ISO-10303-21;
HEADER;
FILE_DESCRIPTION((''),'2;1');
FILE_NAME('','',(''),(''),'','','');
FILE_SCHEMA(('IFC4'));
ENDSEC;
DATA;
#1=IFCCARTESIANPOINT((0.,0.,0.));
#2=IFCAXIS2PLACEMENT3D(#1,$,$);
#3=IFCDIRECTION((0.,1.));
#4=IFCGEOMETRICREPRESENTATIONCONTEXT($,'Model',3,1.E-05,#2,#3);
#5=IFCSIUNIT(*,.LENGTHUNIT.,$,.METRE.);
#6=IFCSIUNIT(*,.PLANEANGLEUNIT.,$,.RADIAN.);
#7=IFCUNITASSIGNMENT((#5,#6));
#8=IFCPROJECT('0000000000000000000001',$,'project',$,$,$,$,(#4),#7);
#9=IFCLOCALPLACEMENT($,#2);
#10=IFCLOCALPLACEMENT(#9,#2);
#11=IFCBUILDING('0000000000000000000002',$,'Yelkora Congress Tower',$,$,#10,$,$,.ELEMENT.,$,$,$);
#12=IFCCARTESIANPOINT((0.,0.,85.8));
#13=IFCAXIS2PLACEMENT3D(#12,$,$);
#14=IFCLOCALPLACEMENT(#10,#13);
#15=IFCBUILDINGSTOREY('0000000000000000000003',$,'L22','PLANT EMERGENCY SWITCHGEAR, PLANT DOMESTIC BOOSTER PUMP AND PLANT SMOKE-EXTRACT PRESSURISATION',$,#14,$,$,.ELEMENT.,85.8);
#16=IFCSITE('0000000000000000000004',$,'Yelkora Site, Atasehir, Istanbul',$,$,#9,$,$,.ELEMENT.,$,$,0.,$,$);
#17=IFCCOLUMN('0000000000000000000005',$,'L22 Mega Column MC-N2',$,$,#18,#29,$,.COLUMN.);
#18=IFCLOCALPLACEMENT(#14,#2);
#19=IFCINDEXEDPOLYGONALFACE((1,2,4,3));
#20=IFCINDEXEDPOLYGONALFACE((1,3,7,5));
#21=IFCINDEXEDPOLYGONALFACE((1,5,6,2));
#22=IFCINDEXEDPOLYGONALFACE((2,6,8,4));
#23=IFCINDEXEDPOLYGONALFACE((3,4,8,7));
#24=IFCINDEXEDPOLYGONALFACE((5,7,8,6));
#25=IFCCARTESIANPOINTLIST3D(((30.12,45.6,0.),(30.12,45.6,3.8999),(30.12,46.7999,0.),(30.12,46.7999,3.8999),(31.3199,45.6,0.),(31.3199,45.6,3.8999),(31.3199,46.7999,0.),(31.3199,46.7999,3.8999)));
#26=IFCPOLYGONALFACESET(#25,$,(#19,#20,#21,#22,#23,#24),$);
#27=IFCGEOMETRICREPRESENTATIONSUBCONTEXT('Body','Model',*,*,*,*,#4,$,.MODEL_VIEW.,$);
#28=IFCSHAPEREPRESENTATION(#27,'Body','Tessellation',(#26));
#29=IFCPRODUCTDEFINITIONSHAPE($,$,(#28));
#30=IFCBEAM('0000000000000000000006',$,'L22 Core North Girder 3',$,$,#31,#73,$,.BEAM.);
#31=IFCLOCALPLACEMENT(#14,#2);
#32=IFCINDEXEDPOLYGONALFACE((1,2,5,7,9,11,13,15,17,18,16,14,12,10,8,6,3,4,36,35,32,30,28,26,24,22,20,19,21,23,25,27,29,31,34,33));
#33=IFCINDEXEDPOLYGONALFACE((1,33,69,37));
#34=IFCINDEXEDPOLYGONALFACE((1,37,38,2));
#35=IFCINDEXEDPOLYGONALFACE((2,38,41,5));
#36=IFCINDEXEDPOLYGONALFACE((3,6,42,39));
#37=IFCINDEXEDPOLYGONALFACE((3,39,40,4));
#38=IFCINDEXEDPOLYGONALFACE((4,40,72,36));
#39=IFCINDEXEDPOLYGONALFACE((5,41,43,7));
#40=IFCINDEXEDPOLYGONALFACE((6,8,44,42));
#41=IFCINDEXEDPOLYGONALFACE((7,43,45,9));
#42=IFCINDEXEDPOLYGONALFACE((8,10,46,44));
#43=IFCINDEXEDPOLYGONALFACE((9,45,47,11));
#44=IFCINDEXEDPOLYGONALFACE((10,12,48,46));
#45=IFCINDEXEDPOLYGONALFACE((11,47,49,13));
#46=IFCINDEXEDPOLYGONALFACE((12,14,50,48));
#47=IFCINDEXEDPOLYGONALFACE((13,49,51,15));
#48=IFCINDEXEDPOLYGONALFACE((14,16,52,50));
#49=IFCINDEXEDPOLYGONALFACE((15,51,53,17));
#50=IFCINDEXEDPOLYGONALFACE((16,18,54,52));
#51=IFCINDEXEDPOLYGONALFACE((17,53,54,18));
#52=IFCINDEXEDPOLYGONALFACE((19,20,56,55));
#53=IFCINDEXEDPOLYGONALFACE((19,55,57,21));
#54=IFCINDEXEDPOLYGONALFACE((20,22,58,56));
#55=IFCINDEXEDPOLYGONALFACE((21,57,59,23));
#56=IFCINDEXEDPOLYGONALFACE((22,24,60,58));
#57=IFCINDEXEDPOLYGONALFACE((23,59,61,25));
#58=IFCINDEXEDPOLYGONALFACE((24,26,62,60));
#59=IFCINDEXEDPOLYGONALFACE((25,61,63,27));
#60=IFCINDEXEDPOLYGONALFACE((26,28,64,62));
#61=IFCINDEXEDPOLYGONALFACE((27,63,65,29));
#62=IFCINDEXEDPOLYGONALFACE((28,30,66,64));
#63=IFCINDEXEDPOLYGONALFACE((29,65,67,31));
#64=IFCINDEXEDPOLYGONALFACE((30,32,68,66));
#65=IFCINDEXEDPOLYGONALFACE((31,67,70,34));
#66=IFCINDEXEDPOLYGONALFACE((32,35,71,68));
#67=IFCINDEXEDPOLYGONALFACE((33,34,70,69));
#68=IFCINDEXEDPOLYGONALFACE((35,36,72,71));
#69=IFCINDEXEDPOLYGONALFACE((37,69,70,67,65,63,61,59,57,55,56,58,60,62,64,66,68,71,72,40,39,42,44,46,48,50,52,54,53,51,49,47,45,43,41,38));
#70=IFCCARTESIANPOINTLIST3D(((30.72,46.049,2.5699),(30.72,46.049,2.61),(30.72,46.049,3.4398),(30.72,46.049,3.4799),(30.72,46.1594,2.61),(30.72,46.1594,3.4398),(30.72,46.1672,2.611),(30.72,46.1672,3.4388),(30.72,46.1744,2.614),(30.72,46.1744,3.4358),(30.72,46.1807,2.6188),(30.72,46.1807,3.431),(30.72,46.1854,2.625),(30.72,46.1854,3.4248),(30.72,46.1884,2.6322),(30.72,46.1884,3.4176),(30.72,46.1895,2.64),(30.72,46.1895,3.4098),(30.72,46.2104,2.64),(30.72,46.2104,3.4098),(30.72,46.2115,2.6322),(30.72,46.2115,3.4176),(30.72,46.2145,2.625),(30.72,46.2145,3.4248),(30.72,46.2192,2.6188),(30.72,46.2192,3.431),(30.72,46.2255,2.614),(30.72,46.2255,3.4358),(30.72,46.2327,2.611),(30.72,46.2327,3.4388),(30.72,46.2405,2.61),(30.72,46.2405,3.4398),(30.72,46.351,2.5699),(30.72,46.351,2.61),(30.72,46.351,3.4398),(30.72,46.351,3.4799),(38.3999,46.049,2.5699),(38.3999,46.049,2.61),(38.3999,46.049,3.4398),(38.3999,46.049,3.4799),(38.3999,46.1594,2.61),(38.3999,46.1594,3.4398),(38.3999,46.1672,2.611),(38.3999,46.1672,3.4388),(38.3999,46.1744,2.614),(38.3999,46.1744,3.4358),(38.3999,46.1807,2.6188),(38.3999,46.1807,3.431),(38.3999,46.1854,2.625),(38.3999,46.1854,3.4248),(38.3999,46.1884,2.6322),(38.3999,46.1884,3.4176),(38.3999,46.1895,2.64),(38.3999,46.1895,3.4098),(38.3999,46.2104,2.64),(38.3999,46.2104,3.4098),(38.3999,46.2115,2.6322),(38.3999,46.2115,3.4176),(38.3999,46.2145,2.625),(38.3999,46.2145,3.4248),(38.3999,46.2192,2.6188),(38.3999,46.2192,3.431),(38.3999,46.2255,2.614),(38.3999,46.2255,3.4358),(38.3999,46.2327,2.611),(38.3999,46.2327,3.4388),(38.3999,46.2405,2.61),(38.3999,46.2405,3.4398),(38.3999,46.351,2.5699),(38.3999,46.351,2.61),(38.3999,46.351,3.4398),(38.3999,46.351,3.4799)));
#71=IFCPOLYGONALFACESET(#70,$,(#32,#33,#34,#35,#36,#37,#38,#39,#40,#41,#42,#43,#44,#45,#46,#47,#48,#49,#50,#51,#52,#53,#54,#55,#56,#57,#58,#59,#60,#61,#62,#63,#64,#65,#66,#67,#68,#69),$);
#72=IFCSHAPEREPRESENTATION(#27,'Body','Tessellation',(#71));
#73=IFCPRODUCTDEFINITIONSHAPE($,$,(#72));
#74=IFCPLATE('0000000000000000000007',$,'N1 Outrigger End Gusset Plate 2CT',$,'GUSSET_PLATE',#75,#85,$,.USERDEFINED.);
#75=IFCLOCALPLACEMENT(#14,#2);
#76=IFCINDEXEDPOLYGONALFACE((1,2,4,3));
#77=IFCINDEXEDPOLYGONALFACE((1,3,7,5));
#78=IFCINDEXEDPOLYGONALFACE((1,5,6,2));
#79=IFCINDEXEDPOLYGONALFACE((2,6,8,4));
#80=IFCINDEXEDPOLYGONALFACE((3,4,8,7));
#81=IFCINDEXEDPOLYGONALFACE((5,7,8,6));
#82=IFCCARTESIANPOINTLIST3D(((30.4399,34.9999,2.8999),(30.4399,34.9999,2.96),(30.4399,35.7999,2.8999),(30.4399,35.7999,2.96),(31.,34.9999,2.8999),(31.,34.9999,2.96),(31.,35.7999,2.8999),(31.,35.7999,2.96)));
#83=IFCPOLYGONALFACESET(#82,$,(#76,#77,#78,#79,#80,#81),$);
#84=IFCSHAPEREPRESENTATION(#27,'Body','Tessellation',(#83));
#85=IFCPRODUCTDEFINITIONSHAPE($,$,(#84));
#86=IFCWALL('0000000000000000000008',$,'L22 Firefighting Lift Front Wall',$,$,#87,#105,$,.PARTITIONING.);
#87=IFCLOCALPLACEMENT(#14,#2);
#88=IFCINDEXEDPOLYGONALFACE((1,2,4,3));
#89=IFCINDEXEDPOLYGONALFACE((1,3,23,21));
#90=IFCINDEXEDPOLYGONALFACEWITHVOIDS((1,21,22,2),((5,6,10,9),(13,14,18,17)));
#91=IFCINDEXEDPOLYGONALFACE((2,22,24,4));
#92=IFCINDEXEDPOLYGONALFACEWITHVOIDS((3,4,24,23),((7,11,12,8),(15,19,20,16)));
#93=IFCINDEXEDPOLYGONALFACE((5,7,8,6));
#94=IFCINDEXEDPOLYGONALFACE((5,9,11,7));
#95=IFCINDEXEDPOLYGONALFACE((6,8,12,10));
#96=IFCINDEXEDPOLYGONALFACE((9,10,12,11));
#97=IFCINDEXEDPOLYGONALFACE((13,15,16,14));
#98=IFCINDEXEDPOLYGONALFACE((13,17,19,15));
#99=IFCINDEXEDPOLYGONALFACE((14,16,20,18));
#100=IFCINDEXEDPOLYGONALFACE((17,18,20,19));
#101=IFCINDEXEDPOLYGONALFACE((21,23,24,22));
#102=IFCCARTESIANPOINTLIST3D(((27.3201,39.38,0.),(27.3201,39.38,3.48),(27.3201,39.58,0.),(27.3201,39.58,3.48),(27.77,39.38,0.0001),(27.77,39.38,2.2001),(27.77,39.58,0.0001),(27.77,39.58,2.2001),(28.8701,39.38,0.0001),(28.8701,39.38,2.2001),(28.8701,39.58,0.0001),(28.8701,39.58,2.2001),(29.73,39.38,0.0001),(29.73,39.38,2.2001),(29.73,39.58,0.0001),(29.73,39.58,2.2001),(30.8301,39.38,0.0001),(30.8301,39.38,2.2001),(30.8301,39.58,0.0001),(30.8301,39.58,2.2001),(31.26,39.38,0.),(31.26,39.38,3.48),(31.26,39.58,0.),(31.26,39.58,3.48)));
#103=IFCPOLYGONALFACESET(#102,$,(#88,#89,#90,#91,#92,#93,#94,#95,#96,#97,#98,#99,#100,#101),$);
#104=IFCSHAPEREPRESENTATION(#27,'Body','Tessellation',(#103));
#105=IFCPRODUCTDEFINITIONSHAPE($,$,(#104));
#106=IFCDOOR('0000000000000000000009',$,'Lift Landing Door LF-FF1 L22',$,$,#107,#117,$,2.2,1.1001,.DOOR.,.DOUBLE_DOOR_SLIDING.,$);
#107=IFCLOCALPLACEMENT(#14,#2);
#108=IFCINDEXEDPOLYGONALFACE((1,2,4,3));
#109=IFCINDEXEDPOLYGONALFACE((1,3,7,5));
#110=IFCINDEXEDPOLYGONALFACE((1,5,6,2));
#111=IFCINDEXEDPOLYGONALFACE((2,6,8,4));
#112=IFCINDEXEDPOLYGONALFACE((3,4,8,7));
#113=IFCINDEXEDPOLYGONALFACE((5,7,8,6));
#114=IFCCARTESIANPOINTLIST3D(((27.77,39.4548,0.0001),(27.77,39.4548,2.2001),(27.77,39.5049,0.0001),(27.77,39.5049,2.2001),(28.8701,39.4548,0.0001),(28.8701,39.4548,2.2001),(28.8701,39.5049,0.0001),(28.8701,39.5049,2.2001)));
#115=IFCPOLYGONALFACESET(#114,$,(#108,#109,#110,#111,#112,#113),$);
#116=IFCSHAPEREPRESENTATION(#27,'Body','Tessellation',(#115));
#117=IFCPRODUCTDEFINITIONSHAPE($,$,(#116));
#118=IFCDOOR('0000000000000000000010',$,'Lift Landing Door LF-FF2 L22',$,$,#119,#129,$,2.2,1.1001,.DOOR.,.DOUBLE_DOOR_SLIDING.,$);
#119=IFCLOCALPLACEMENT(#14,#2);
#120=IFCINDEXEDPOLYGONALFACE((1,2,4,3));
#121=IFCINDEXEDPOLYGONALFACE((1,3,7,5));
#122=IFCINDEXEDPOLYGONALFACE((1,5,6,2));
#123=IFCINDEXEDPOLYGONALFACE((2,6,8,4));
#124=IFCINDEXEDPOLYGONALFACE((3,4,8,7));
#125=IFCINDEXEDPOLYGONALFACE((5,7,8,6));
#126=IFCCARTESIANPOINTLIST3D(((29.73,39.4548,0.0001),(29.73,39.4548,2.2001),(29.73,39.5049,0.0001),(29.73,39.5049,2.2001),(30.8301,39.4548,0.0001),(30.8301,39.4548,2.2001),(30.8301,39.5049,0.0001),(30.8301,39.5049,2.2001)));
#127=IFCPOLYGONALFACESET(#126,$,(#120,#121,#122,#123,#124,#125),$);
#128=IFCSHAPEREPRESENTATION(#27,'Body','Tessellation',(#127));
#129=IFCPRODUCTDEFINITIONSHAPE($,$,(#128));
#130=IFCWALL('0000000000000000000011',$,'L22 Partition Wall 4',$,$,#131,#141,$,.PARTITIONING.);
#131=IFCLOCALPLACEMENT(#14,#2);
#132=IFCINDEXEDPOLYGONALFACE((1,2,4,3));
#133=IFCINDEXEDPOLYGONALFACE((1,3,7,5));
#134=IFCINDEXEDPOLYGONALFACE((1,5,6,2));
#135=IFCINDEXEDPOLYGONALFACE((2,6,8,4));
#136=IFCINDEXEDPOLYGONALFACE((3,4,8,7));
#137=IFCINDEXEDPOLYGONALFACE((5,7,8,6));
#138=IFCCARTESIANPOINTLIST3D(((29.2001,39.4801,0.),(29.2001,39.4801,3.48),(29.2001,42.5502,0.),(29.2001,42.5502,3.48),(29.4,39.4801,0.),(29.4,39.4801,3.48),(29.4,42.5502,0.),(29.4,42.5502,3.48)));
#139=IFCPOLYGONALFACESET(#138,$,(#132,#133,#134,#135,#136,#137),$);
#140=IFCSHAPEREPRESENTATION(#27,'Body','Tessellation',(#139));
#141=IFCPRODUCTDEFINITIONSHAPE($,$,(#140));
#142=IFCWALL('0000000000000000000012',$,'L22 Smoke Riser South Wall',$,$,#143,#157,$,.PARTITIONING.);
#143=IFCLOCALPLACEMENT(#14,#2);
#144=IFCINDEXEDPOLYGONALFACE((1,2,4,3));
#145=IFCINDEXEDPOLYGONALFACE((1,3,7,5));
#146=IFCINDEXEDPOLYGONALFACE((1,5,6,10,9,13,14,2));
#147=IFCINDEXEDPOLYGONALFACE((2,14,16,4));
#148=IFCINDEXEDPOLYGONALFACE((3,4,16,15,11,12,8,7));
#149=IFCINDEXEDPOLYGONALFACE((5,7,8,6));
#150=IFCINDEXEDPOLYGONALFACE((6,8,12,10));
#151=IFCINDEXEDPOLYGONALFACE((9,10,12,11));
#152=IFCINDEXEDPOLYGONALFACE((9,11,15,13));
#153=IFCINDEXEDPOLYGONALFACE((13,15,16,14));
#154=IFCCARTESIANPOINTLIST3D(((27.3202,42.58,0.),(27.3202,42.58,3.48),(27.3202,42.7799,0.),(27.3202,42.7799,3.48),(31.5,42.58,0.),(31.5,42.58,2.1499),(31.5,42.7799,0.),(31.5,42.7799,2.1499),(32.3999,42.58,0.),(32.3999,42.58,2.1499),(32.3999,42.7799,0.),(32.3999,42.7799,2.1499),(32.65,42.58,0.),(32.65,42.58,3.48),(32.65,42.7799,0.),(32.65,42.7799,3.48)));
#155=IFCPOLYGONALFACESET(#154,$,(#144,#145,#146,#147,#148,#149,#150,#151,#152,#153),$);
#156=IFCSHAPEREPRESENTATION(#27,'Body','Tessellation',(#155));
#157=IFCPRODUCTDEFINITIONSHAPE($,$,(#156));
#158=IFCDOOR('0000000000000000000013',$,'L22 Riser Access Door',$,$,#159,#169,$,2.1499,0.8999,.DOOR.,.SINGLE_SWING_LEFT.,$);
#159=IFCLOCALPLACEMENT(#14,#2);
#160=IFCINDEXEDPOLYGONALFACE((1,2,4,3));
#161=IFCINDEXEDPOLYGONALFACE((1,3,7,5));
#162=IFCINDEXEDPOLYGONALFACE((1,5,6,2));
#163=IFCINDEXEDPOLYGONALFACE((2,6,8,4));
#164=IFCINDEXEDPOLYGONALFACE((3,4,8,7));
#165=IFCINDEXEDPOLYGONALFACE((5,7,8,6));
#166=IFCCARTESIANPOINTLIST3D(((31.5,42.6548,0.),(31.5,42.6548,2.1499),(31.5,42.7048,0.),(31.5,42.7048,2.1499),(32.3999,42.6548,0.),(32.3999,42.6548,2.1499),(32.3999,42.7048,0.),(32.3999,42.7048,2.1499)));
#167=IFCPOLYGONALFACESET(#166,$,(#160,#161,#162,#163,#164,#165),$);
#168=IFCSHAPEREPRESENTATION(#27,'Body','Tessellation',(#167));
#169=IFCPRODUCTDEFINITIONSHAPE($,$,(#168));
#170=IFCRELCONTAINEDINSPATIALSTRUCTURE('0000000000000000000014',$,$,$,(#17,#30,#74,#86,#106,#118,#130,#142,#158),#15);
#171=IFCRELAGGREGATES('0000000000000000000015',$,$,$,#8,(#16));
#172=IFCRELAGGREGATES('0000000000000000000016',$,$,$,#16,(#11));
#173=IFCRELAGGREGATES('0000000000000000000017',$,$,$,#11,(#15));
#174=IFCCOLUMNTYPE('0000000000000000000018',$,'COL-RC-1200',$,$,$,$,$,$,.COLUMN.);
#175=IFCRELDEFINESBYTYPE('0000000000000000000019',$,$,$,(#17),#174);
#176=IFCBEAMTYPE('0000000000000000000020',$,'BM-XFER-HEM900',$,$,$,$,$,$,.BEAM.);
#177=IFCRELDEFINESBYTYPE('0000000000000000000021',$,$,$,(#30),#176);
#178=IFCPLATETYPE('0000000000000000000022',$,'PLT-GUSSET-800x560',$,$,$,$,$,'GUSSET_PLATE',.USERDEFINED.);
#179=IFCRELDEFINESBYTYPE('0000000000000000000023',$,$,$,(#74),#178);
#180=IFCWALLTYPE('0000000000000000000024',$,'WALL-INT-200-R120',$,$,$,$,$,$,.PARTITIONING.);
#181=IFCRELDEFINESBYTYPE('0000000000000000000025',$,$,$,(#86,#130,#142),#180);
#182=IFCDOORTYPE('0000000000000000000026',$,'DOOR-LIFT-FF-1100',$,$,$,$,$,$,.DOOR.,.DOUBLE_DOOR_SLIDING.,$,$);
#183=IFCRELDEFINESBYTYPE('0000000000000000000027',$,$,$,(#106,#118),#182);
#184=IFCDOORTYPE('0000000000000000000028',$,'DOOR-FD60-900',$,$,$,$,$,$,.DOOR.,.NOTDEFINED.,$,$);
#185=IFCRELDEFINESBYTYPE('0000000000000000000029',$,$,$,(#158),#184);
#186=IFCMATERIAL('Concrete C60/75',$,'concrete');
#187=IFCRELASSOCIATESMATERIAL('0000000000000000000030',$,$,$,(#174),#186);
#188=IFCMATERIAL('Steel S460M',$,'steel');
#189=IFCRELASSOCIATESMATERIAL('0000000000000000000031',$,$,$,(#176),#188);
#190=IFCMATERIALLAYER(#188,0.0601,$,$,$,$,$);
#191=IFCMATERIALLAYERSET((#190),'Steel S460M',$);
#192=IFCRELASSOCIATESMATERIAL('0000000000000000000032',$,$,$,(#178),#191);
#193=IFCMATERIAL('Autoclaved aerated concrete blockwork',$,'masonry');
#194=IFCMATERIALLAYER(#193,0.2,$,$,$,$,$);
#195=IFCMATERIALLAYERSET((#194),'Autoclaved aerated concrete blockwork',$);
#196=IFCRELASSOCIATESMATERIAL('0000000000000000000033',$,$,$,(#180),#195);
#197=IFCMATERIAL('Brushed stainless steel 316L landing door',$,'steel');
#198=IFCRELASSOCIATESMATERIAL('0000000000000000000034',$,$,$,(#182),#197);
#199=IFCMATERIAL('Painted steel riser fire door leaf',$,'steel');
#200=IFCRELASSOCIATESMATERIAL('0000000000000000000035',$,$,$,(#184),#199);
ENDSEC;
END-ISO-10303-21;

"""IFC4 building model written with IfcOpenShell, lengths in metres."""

from ifc_helpers import new_model, si_unit, direction, frame, frame_2d, origin, origin_2d, place, context, subcontext, project, spatial, rectangle, i_section, extrude, material, layer, layer_set, material_profile, profile_set, type_object, element, fill, save


model = new_model("IFC4")

# Units and contexts
model_context = context("Model", 3, precision=1e-05, world=origin(), true_north=direction((0.0, 1.0)))
body_context = subcontext(model_context, "Body", "Model", "MODEL_VIEW")
ifc_project = project(units=[si_unit("LENGTHUNIT", "METRE"), si_unit("PLANEANGLEUNIT", "RADIAN")], contexts=[model_context])

# Site, building, storey
site_placement = place(None, origin())
site = spatial("IfcSite", under=ifc_project, at=site_placement, Name="Yelkora Site, Atasehir, Istanbul", CompositionType="ELEMENT", RefElevation=0.0)
building_placement = place(site_placement, origin())
building = spatial("IfcBuilding", under=site, at=building_placement, Name="Yelkora Congress Tower", CompositionType="ELEMENT")
storey_placement = place(building_placement, frame((0.0, 0.0, 85.8)))
storey = spatial("IfcBuildingStorey", under=building, at=storey_placement, Name="L22", Description="PLANT EMERGENCY SWITCHGEAR, PLANT DOMESTIC BOOSTER PUMP AND PLANT SMOKE-EXTRACT PRESSURISATION", CompositionType="ELEMENT", Elevation=85.8)

# Column
ifc_material_1 = material(Name="Concrete C60/75", Category="concrete")
ifc_material_profile_1 = material_profile(ifc_material_1, rectangle(XDim=1.2, YDim=1.2, at=origin_2d()), Name="RC 1200x1200")
ifc_profile_set_1 = profile_set([ifc_material_profile_1], Name="Concrete C60/75")
column_type = type_object("IfcColumnType", Name="COL-RC-1200", PredefinedType="COLUMN", material=ifc_profile_set_1)
column_placement = place(storey_placement, frame((30.72, 46.2, 0.0), z_axis=(0.0, 0.0, 1.0), x_axis=(1.0, 0.0, 0.0)))
element("IfcColumn", 1, at=column_placement, inside=storey, type_object=column_type, Name="L22 Mega Column MC-N2", PredefinedType="COLUMN", context=body_context, shape_type="SweptSolid", body=[
    extrude(rectangle(XDim=1.2, YDim=1.2, at=origin_2d()), origin(), (0.0, 0.0, 1.0), 3.8999),
])

# Beam
ifc_material_2 = material(Name="Steel S460M", Category="steel")
ifc_material_profile_2 = material_profile(ifc_material_2, i_section(OverallWidth=0.302, OverallDepth=0.9099, WebThickness=0.021, FlangeThickness=0.04, FilletRadius=0.03, at=origin_2d()), Name="HEM 900")
ifc_profile_set_2 = profile_set([ifc_material_profile_2], Name="Steel S460M")
beam_type = type_object("IfcBeamType", Name="BM-XFER-HEM900", PredefinedType="BEAM", material=ifc_profile_set_2)
beam_placement = place(storey_placement, frame((30.72, 46.2, 3.0249), z_axis=(1.0, 0.0, 0.0), x_axis=(0.0, 1.0, 0.0)))
element("IfcBeam", 2, at=beam_placement, inside=storey, type_object=beam_type, Name="L22 Core North Girder 3", PredefinedType="BEAM", context=body_context, shape_type="SweptSolid", body=[
    extrude(i_section(OverallWidth=0.302, OverallDepth=0.9099, WebThickness=0.021, FlangeThickness=0.04, FilletRadius=0.03, at=origin_2d()), origin(), (0.0, 0.0, 1.0), 7.6799),
])

# Plate
ifc_layer_1 = layer(ifc_material_2, 0.0601)
ifc_layer_set_1 = layer_set([ifc_layer_1], Name="Steel S460M")
plate_type = type_object("IfcPlateType", Name="PLT-GUSSET-800x560", ElementType="GUSSET_PLATE", PredefinedType="USERDEFINED", material=ifc_layer_set_1)
plate_placement = place(storey_placement, frame((30.72, 35.3999, 2.8999), z_axis=(0.0, 0.0, 1.0), x_axis=(0.0, 1.0, 0.0)))
element("IfcPlate", 3, at=plate_placement, inside=storey, type_object=plate_type, Name="N1 Outrigger End Gusset Plate 2CT", ObjectType="GUSSET_PLATE", PredefinedType="USERDEFINED", context=body_context, shape_type="SweptSolid", body=[
    extrude(rectangle(XDim=0.8, YDim=0.5601, at=origin_2d()), origin(), (0.0, 0.0, 1.0), 0.0601),
])

# Wall, openings, doors
ifc_material_3 = material(Name="Autoclaved aerated concrete blockwork", Category="masonry")
ifc_layer_2 = layer(ifc_material_3, 0.2)
ifc_layer_set_2 = layer_set([ifc_layer_2], Name="Autoclaved aerated concrete blockwork")
wall_type_1 = type_object("IfcWallType", Name="WALL-INT-200-R120", PredefinedType="PARTITIONING", material=ifc_layer_set_2)
wall_1_placement = place(storey_placement, frame((27.3201, 39.48, 0.0), z_axis=(0.0, 0.0, 1.0), x_axis=(1.0, 0.0, 0.0)))
wall_1 = element("IfcWall", 4, at=wall_1_placement, inside=storey, type_object=wall_type_1, Name="L22 Firefighting Lift Front Wall", PredefinedType="PARTITIONING", context=body_context, shape_type="SweptSolid", body=[
    extrude(rectangle(XDim=3.9399, YDim=0.2, at=frame_2d((1.97, 0.0))), origin(), (0.0, 0.0, 1.0), 3.48),
])
opening_1_placement = place(wall_1_placement, frame((0.45, 0.0, 0.0)))
opening_1 = element("IfcOpeningElement", 5, at=opening_1_placement, cuts=wall_1, PredefinedType="OPENING", context=body_context, shape_type="SweptSolid", body=[
    extrude(rectangle(XDim=1.1001, YDim=2.2, at=frame_2d((0.55, 1.1001))), frame((0.0, 0.1099, 0.0), z_axis=(0.0, -1.0, 0.0), x_axis=(1.0, 0.0, 0.0)), (0.0, 0.0, 1.0), 0.22),
])
opening_2_placement = place(wall_1_placement, frame((2.4099, 0.0, 0.0)))
opening_2 = element("IfcOpeningElement", 6, at=opening_2_placement, cuts=wall_1, PredefinedType="OPENING", context=body_context, shape_type="SweptSolid", body=[
    extrude(rectangle(XDim=1.1001, YDim=2.2, at=frame_2d((0.55, 1.1001))), frame((0.0, 0.1099, 0.0), z_axis=(0.0, -1.0, 0.0), x_axis=(1.0, 0.0, 0.0)), (0.0, 0.0, 1.0), 0.22),
])
ifc_material_4 = material(Name="Brushed stainless steel 316L landing door", Category="steel")
door_type_1 = type_object("IfcDoorType", Name="DOOR-LIFT-FF-1100", OperationType="DOUBLE_DOOR_SLIDING", PredefinedType="DOOR", material=ifc_material_4)
door_1_placement = place(opening_1_placement, origin())
door_1 = element("IfcDoor", 7, at=door_1_placement, inside=storey, type_object=door_type_1, Name="Lift Landing Door LF-FF1 L22", OperationType="DOUBLE_DOOR_SLIDING", OverallHeight=2.2, OverallWidth=1.1001, PredefinedType="DOOR", context=body_context, shape_type="SweptSolid", body=[
    extrude(rectangle(XDim=1.1001, YDim=2.2, at=frame_2d((0.55, 1.1001))), frame((0.0, 0.0249, 0.0), z_axis=(0.0, -1.0, 0.0), x_axis=(1.0, 0.0, 0.0)), (0.0, 0.0, 1.0), 0.05),
])
fill(opening_1, door_1)
door_2_placement = place(opening_2_placement, origin())
door_2 = element("IfcDoor", 8, at=door_2_placement, inside=storey, type_object=door_type_1, Name="Lift Landing Door LF-FF2 L22", OperationType="DOUBLE_DOOR_SLIDING", OverallHeight=2.2, OverallWidth=1.1001, PredefinedType="DOOR", context=body_context, shape_type="SweptSolid", body=[
    extrude(rectangle(XDim=1.1001, YDim=2.2, at=frame_2d((0.55, 1.1001))), frame((0.0, 0.0249, 0.0), z_axis=(0.0, -1.0, 0.0), x_axis=(1.0, 0.0, 0.0)), (0.0, 0.0, 1.0), 0.05),
])
fill(opening_2, door_2)

# Wall
wall_2_placement = place(storey_placement, frame((29.3, 39.48, 0.0), z_axis=(0.0, 0.0, 1.0), x_axis=(0.0, 1.0, 0.0)))
element("IfcWall", 9, at=wall_2_placement, inside=storey, type_object=wall_type_1, Name="L22 Partition Wall 4", PredefinedType="PARTITIONING", context=body_context, shape_type="SweptSolid", body=[
    extrude(rectangle(XDim=3.0701, YDim=0.2, at=frame_2d((1.5352, 0.0))), origin(), (0.0, 0.0, 1.0), 3.48),
])

# Wall, opening, door
wall_3_placement = place(storey_placement, frame((27.3201, 42.6799, 0.0), z_axis=(0.0, 0.0, 1.0), x_axis=(1.0, 0.0, 0.0)))
wall_3 = element("IfcWall", 10, at=wall_3_placement, inside=storey, type_object=wall_type_1, Name="L22 Smoke Riser South Wall", PredefinedType="PARTITIONING", context=body_context, shape_type="SweptSolid", body=[
    extrude(rectangle(XDim=5.3298, YDim=0.2, at=frame_2d((2.665, 0.0))), origin(), (0.0, 0.0, 1.0), 3.48),
])
opening_3_placement = place(wall_3_placement, frame((4.1799, 0.0, 0.0)))
opening_3 = element("IfcOpeningElement", 11, at=opening_3_placement, cuts=wall_3, PredefinedType="OPENING", context=body_context, shape_type="SweptSolid", body=[
    extrude(rectangle(XDim=0.8999, YDim=2.1499, at=frame_2d((0.45, 1.075))), frame((0.0, 0.1099, 0.0), z_axis=(0.0, -1.0, 0.0), x_axis=(1.0, 0.0, 0.0)), (0.0, 0.0, 1.0), 0.22),
])
ifc_material_5 = material(Name="Painted steel riser fire door leaf", Category="steel")
door_type_2 = type_object("IfcDoorType", Name="DOOR-FD60-900", OperationType="NOTDEFINED", PredefinedType="DOOR", material=ifc_material_5)
door_3_placement = place(opening_3_placement, origin())
door_3 = element("IfcDoor", 12, at=door_3_placement, inside=storey, type_object=door_type_2, Name="L22 Riser Access Door", OperationType="SINGLE_SWING_LEFT", OverallHeight=2.1499, OverallWidth=0.8999, PredefinedType="DOOR", context=body_context, shape_type="SweptSolid", body=[
    extrude(rectangle(XDim=0.8999, YDim=2.1499, at=frame_2d((0.45, 1.075))), frame((0.0, 0.0249, 0.0), z_axis=(0.0, -1.0, 0.0), x_axis=(1.0, 0.0, 0.0)), (0.0, 0.0, 1.0), 0.05),
])
fill(opening_3, door_3)

save(model, "model.ifc")
